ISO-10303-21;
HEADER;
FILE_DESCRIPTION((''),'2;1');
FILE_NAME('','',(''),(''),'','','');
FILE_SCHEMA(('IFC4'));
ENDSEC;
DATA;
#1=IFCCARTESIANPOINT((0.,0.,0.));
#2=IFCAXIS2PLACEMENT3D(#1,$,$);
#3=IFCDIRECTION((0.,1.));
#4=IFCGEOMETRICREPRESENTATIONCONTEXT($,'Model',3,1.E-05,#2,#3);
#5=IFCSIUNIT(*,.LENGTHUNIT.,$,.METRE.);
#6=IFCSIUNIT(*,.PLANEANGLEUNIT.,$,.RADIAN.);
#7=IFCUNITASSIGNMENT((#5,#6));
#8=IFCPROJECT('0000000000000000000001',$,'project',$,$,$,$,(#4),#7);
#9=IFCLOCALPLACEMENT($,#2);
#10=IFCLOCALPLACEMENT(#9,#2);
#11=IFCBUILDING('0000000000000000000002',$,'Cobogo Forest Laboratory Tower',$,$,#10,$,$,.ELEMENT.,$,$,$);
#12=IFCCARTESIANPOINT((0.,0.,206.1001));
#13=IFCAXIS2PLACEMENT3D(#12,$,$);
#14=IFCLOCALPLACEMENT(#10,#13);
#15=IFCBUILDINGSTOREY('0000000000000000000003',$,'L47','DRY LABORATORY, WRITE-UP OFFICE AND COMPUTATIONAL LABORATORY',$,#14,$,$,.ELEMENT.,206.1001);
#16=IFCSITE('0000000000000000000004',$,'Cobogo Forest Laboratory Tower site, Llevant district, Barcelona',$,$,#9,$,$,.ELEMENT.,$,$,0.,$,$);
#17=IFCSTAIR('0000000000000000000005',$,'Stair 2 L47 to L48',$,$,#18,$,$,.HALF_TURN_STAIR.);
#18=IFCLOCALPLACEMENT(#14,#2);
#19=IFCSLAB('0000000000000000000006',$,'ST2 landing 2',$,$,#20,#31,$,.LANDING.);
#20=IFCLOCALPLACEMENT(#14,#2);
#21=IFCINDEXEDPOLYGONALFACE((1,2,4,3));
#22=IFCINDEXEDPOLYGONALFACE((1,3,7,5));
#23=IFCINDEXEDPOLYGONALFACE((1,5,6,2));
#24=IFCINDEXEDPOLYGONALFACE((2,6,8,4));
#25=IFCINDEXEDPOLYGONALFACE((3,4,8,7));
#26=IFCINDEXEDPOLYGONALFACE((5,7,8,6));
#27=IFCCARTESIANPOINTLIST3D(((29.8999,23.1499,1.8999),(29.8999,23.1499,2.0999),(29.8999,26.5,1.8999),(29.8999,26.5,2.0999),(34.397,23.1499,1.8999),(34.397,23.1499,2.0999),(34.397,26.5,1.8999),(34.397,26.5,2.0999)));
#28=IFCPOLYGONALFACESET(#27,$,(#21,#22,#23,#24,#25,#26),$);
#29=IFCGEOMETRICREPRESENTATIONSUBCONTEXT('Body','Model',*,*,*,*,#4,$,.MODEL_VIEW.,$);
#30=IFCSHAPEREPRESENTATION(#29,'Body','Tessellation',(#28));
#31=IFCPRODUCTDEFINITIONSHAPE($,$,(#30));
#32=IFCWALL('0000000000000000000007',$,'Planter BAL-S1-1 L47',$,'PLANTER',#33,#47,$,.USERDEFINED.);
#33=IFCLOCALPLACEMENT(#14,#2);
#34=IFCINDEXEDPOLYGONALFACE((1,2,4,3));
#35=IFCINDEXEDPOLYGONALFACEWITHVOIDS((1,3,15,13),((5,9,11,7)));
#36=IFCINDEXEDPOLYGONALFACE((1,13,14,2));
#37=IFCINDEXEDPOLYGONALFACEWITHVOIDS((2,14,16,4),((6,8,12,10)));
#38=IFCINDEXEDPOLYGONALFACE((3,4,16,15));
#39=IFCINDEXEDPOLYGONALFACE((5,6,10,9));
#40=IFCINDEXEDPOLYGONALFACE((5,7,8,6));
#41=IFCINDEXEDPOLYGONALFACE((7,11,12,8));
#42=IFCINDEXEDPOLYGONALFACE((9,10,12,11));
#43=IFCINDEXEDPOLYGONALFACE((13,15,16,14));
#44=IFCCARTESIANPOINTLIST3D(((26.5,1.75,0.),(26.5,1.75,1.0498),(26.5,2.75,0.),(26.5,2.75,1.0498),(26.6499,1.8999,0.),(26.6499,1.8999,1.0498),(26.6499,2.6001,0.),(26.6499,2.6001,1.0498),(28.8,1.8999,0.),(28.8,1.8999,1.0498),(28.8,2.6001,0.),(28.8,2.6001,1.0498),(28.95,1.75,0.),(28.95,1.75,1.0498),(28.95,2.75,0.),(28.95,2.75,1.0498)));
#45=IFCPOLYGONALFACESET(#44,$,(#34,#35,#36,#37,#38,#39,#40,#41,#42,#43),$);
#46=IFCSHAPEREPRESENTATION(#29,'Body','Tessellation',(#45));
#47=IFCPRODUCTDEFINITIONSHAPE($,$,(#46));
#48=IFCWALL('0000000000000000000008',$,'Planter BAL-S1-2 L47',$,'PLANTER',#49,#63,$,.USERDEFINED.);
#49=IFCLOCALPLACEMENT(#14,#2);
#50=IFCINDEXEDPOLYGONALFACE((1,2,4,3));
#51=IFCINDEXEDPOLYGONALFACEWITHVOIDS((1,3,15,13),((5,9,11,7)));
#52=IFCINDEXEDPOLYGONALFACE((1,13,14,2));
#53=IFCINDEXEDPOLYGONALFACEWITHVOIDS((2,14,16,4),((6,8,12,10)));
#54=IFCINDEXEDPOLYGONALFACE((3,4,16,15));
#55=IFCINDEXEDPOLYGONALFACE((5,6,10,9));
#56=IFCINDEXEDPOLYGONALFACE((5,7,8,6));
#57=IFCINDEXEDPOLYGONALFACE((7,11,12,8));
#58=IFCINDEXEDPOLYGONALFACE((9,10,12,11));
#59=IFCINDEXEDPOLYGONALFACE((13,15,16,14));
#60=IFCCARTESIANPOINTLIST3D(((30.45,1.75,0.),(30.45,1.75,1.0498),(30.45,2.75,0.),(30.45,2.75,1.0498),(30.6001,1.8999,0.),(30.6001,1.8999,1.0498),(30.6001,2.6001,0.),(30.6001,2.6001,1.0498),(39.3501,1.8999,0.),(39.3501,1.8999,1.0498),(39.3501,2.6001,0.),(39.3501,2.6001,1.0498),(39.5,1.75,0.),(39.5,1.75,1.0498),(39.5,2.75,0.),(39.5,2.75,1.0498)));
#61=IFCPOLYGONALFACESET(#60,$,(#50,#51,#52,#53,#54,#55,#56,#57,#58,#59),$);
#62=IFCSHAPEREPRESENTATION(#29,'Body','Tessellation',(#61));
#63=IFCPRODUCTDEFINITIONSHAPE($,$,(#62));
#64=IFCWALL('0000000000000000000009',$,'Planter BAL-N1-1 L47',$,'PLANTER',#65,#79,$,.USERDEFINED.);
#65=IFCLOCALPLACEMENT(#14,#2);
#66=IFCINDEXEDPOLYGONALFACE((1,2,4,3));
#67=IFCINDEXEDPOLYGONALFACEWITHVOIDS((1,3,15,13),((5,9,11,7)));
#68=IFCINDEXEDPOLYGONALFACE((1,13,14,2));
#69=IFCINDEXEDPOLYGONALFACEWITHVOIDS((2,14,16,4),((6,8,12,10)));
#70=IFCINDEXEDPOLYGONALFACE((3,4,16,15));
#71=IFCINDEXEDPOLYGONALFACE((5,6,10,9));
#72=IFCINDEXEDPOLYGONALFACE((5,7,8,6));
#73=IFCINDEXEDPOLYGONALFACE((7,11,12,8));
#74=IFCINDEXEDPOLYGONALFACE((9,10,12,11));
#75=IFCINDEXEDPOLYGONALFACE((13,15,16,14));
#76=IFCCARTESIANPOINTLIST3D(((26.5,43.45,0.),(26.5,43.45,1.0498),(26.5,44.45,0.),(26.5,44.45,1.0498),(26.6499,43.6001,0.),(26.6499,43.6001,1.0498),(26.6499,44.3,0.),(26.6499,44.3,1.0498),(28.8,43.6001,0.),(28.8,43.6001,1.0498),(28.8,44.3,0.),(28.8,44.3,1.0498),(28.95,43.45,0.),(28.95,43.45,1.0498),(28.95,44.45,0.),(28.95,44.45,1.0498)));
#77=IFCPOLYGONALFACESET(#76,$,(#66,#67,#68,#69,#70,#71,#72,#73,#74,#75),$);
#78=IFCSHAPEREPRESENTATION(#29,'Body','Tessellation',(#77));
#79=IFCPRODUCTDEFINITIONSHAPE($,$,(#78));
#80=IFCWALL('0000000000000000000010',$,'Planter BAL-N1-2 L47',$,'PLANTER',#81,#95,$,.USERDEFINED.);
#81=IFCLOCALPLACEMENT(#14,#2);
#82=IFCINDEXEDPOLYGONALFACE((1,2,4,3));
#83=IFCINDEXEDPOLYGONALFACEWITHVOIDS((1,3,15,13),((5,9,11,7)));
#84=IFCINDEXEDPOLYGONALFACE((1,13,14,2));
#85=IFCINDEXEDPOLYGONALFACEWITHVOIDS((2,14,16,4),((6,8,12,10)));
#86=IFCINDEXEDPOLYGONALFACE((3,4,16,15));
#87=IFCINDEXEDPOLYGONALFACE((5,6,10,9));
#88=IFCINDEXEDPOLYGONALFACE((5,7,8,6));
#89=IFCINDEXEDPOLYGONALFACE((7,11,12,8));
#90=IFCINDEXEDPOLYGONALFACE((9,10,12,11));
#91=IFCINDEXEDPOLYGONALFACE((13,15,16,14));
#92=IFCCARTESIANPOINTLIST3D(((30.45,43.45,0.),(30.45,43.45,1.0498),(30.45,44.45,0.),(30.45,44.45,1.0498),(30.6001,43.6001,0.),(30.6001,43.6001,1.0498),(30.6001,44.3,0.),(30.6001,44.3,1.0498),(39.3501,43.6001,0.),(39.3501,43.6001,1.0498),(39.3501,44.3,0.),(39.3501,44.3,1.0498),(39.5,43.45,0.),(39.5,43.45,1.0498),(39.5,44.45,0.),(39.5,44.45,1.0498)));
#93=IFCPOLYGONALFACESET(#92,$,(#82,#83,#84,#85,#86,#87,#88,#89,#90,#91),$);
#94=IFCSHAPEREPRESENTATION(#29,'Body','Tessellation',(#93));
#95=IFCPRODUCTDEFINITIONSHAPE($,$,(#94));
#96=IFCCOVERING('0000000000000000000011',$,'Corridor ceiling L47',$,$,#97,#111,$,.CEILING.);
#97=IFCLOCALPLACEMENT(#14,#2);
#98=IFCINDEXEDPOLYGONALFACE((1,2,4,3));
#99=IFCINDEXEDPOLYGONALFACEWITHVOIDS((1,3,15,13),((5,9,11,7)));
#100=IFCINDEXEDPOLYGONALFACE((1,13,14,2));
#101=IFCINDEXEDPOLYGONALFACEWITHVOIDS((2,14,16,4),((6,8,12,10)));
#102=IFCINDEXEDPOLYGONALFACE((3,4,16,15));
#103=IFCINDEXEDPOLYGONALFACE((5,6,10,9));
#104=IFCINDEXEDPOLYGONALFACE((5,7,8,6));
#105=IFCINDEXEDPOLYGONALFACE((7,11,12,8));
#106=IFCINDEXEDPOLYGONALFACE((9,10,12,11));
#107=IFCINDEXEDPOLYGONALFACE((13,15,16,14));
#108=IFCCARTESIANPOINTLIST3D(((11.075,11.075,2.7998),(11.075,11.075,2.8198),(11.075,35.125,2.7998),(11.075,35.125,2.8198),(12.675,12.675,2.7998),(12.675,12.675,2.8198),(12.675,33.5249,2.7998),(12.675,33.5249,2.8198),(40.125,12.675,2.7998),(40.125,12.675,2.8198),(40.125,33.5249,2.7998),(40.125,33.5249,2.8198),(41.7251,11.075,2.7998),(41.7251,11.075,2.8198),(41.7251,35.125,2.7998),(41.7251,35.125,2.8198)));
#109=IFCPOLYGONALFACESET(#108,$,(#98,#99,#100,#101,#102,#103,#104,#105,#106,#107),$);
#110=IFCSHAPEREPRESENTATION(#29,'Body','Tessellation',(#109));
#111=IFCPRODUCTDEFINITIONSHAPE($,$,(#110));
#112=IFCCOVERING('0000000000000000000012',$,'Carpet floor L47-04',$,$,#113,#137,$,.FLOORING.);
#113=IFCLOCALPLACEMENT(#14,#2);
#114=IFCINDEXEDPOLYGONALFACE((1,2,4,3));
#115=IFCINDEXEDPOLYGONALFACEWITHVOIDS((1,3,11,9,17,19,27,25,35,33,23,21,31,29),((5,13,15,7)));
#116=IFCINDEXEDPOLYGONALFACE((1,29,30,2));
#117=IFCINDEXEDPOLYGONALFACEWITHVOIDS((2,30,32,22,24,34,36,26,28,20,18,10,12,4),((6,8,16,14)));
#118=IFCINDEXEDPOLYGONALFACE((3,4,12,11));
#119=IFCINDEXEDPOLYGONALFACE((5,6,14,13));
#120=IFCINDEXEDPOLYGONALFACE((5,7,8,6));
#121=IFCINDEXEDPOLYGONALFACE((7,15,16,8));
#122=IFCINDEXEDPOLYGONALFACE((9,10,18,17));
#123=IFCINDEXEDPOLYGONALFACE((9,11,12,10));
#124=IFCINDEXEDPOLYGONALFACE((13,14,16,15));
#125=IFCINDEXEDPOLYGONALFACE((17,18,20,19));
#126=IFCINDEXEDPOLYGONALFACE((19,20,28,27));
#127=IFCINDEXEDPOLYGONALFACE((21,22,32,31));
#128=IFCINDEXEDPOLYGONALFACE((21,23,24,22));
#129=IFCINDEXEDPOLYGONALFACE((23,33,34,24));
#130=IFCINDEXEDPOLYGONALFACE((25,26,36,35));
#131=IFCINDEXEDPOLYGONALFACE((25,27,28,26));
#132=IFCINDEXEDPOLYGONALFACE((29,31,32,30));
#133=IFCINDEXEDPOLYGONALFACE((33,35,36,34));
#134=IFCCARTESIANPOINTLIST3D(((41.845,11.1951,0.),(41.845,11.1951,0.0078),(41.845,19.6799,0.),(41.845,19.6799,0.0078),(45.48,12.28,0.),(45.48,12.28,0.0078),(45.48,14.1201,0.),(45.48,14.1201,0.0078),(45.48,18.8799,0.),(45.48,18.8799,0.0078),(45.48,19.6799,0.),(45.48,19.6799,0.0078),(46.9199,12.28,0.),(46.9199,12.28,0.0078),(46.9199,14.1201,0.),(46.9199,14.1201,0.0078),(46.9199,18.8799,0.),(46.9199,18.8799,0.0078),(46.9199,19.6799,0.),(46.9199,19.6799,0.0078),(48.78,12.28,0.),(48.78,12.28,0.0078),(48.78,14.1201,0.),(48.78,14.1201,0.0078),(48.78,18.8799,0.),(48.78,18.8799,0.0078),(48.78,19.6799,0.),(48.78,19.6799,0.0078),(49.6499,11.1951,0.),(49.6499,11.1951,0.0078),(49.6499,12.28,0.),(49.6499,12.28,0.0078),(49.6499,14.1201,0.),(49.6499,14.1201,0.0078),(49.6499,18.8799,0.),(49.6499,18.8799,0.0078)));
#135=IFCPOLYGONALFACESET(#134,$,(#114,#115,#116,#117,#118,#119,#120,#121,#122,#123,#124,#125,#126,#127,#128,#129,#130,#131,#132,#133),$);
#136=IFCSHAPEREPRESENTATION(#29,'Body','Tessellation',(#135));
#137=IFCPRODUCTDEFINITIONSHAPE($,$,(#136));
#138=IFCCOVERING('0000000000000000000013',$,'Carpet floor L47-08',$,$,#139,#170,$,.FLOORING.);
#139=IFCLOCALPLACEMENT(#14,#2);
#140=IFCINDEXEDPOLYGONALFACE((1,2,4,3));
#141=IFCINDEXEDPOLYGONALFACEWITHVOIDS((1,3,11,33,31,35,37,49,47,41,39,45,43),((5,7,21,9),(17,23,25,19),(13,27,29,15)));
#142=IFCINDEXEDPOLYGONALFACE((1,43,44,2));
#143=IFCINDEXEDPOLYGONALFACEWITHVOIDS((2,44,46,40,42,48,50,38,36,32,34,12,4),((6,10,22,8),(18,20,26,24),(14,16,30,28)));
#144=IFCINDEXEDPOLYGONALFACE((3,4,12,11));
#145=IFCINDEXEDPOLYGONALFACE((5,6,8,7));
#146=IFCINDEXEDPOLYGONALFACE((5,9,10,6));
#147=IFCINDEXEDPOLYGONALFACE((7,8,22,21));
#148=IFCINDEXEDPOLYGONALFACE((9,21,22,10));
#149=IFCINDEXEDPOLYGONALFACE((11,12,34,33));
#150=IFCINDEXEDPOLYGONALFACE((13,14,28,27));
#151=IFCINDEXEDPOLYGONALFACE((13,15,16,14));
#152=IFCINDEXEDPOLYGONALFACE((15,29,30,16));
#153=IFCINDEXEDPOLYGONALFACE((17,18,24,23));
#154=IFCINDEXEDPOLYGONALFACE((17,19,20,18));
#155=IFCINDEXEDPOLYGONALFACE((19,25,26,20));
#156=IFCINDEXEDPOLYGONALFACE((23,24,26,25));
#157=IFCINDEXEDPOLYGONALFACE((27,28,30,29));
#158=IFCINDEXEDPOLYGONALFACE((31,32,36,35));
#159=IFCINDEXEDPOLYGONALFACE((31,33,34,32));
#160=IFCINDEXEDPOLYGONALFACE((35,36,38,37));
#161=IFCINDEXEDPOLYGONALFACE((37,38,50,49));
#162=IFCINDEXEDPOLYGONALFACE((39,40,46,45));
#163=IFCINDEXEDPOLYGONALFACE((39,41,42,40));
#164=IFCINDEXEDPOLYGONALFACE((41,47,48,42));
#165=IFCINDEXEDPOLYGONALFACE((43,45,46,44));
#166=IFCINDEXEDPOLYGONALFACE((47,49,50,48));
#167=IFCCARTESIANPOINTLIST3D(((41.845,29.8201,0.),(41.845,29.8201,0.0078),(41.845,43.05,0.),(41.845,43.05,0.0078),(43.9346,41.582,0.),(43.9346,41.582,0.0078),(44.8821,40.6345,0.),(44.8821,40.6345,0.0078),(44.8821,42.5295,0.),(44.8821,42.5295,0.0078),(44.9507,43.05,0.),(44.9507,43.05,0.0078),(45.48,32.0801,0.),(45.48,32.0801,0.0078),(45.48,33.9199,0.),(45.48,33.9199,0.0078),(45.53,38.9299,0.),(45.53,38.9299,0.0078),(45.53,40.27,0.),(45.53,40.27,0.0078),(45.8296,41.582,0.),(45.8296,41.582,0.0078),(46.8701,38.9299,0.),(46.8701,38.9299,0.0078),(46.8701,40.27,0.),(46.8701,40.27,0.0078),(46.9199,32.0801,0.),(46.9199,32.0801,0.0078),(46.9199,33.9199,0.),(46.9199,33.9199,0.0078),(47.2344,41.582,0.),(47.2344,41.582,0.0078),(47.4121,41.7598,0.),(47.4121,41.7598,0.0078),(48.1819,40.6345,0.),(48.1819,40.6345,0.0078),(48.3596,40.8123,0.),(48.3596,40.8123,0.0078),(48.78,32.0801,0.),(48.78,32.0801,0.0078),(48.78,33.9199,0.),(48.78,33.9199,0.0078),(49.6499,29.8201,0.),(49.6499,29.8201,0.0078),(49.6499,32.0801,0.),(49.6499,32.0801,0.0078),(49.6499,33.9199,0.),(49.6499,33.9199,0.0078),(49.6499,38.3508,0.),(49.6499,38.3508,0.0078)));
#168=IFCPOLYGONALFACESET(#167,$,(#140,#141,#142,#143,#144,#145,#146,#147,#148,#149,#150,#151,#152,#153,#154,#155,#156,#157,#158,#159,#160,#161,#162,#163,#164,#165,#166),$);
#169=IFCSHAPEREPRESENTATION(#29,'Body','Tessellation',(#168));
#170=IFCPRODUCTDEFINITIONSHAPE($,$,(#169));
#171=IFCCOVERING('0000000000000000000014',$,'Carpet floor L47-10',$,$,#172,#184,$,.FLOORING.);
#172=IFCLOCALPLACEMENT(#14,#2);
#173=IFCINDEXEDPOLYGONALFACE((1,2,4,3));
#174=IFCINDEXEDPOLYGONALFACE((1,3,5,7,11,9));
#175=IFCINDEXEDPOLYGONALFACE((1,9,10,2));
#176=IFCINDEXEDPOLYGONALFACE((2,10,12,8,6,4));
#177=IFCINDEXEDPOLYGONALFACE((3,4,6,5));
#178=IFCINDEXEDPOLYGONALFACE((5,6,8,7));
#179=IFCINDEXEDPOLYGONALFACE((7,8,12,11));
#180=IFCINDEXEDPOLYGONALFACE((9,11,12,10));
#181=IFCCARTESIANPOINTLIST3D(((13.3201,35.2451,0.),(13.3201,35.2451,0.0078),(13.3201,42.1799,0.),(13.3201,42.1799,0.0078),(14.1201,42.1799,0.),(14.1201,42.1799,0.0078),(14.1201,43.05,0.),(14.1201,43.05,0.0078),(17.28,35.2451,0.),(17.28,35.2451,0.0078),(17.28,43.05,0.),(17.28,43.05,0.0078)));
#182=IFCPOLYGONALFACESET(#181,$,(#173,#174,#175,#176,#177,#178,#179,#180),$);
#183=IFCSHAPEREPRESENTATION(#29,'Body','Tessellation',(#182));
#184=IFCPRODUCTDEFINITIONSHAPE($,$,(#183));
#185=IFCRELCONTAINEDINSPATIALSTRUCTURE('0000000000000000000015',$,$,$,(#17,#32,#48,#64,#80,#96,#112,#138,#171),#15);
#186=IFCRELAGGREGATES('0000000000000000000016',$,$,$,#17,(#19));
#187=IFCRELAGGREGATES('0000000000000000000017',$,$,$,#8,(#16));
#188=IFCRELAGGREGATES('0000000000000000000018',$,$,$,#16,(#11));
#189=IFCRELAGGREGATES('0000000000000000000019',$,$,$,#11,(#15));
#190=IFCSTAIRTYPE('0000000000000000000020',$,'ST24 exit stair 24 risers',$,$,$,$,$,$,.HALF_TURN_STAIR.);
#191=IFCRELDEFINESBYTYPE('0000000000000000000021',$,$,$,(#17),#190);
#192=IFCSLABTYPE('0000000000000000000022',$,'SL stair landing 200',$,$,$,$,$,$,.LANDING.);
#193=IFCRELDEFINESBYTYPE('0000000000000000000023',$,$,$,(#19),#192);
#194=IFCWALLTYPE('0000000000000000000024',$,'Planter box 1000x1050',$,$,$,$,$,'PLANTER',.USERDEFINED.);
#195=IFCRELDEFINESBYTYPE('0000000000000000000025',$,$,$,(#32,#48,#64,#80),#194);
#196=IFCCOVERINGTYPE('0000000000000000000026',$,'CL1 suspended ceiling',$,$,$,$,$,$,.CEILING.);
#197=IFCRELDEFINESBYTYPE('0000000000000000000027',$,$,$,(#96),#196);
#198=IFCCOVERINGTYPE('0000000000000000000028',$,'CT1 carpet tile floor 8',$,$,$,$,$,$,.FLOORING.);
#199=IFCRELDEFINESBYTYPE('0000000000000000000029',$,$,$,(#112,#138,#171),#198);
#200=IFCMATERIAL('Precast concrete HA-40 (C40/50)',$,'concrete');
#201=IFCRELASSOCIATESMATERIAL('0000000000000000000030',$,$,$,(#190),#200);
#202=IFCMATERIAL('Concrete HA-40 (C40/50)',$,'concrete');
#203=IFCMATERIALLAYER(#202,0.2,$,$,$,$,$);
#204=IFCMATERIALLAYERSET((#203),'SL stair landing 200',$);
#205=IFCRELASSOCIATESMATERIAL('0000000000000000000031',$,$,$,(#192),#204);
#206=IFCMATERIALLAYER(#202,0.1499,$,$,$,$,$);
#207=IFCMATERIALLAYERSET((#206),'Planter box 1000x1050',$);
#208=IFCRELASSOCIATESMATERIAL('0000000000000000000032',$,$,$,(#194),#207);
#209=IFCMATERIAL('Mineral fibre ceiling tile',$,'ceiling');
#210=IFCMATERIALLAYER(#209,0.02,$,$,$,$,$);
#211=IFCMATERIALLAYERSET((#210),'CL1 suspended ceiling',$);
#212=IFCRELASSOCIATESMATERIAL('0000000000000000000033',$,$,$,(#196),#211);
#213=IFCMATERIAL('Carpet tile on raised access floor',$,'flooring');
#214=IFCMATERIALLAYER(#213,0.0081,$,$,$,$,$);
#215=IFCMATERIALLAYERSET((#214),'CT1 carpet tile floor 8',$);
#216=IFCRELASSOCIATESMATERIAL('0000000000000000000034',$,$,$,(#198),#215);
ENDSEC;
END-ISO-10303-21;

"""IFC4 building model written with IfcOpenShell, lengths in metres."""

from ifc_helpers import new_model, si_unit, direction, frame, origin, place, context, subcontext, project, spatial, polyline, outline, extrude, material, layer, layer_set, type_object, element, aggregate, save


model = new_model("IFC4")

# Units and contexts
model_context = context("Model", 3, precision=1e-05, world=origin(), true_north=direction((0.0, 1.0)))
body_context = subcontext(model_context, "Body", "Model", "MODEL_VIEW")
ifc_project = project(units=[si_unit("LENGTHUNIT", "METRE"), si_unit("PLANEANGLEUNIT", "RADIAN")], contexts=[model_context])

# Site, building, storey
site_placement = place(None, origin())
site = spatial("IfcSite", under=ifc_project, at=site_placement, Name="Cobogo Forest Laboratory Tower site, Llevant district, Barcelona", CompositionType="ELEMENT", RefElevation=0.0)
building_placement = place(site_placement, origin())
building = spatial("IfcBuilding", under=site, at=building_placement, Name="Cobogo Forest Laboratory Tower", CompositionType="ELEMENT")
storey_placement = place(building_placement, frame((0.0, 0.0, 206.1001)))
storey = spatial("IfcBuildingStorey", under=building, at=storey_placement, Name="L47", Description="DRY LABORATORY, WRITE-UP OFFICE AND COMPUTATIONAL LABORATORY", CompositionType="ELEMENT", Elevation=206.1001)

# Shared definitions
ifc_material_1 = material(Name="Concrete HA-40 (C40/50)", Category="concrete")

# Stair, slab
ifc_material_2 = material(Name="Precast concrete HA-40 (C40/50)", Category="concrete")
stair_type = type_object("IfcStairType", Name="ST24 exit stair 24 risers", PredefinedType="HALF_TURN_STAIR", material=ifc_material_2)
ifc_layer_1 = layer(ifc_material_1, 0.2)
ifc_layer_set_1 = layer_set([ifc_layer_1], Name="SL stair landing 200")
slab_type_1 = type_object("IfcSlabType", Name="SL stair landing 200", PredefinedType="LANDING", material=ifc_layer_set_1)
stair_1_placement = place(storey_placement, origin())
stair_1 = element("IfcStair", 1, at=stair_1_placement, inside=storey, type_object=stair_type, Name="Stair 2 L47 to L48", PredefinedType="HALF_TURN_STAIR")
slab_1_placement = place(storey_placement, frame((0.0, 0.0, 1.8999)))
slab_1 = element("IfcSlab", 2, at=slab_1_placement, type_object=slab_type_1, Name="ST2 landing 2", PredefinedType="LANDING", context=body_context, shape_type="SweptSolid", body=[
    extrude(outline(polyline([(29.8999, 23.1499), (34.397, 23.1499), (34.397, 26.5), (29.8999, 26.5), (29.8999, 23.1499)])), origin(), (0.0, 0.0, 1.0), 0.2),
])
aggregate(stair_1, [slab_1])

# Walls
ifc_layer_2 = layer(ifc_material_1, 0.1499)
ifc_layer_set_2 = layer_set([ifc_layer_2], Name="Planter box 1000x1050")
wall_type = type_object("IfcWallType", Name="Planter box 1000x1050", ElementType="PLANTER", PredefinedType="USERDEFINED", material=ifc_layer_set_2)
wall_1_placement = place(storey_placement, origin())
element("IfcWall", 3, at=wall_1_placement, inside=storey, type_object=wall_type, Name="Planter BAL-S1-1 L47", ObjectType="PLANTER", PredefinedType="USERDEFINED", context=body_context, shape_type="SweptSolid", body=[
    extrude(outline(polyline([(26.5, 1.75), (28.95, 1.75), (28.95, 2.75), (26.5, 2.75), (26.5, 1.75)]), holes=[polyline([(26.6499, 1.8999), (28.8, 1.8999), (28.8, 2.6001), (26.6499, 2.6001), (26.6499, 1.8999)])]), origin(), (0.0, 0.0, 1.0), 1.0498),
])
wall_2_placement = place(storey_placement, origin())
element("IfcWall", 4, at=wall_2_placement, inside=storey, type_object=wall_type, Name="Planter BAL-S1-2 L47", ObjectType="PLANTER", PredefinedType="USERDEFINED", context=body_context, shape_type="SweptSolid", body=[
    extrude(outline(polyline([(30.45, 1.75), (39.5, 1.75), (39.5, 2.75), (30.45, 2.75), (30.45, 1.75)]), holes=[polyline([(30.6001, 1.8999), (39.3501, 1.8999), (39.3501, 2.6001), (30.6001, 2.6001), (30.6001, 1.8999)])]), origin(), (0.0, 0.0, 1.0), 1.0498),
])
wall_3_placement = place(storey_placement, origin())
element("IfcWall", 5, at=wall_3_placement, inside=storey, type_object=wall_type, Name="Planter BAL-N1-1 L47", ObjectType="PLANTER", PredefinedType="USERDEFINED", context=body_context, shape_type="SweptSolid", body=[
    extrude(outline(polyline([(26.5, 43.45), (28.95, 43.45), (28.95, 44.45), (26.5, 44.45), (26.5, 43.45)]), holes=[polyline([(26.6499, 43.6001), (28.8, 43.6001), (28.8, 44.3), (26.6499, 44.3), (26.6499, 43.6001)])]), origin(), (0.0, 0.0, 1.0), 1.0498),
])
wall_4_placement = place(storey_placement, origin())
element("IfcWall", 6, at=wall_4_placement, inside=storey, type_object=wall_type, Name="Planter BAL-N1-2 L47", ObjectType="PLANTER", PredefinedType="USERDEFINED", context=body_context, shape_type="SweptSolid", body=[
    extrude(outline(polyline([(30.45, 43.45), (39.5, 43.45), (39.5, 44.45), (30.45, 44.45), (30.45, 43.45)]), holes=[polyline([(30.6001, 43.6001), (39.3501, 43.6001), (39.3501, 44.3), (30.6001, 44.3), (30.6001, 43.6001)])]), origin(), (0.0, 0.0, 1.0), 1.0498),
])

# Coverings
ifc_material_3 = material(Name="Mineral fibre ceiling tile", Category="ceiling")
ifc_layer_3 = layer(ifc_material_3, 0.02)
ifc_layer_set_3 = layer_set([ifc_layer_3], Name="CL1 suspended ceiling")
covering_type_1 = type_object("IfcCoveringType", Name="CL1 suspended ceiling", PredefinedType="CEILING", material=ifc_layer_set_3)
covering_1_placement = place(storey_placement, frame((0.0, 0.0, 2.7998)))
element("IfcCovering", 7, at=covering_1_placement, inside=storey, type_object=covering_type_1, Name="Corridor ceiling L47", PredefinedType="CEILING", context=body_context, shape_type="SweptSolid", body=[
    extrude(outline(polyline([(11.075, 11.075), (11.075, 35.125), (41.7251, 35.125), (41.7251, 11.075), (11.075, 11.075)]), holes=[polyline([(40.125, 33.5249), (12.675, 33.5249), (12.675, 12.675), (40.125, 12.675), (40.125, 33.5249)])]), origin(), (0.0, 0.0, 1.0), 0.02),
])
ifc_material_4 = material(Name="Carpet tile on raised access floor", Category="flooring")
ifc_layer_4 = layer(ifc_material_4, 0.0081)
ifc_layer_set_4 = layer_set([ifc_layer_4], Name="CT1 carpet tile floor 8")
covering_type_2 = type_object("IfcCoveringType", Name="CT1 carpet tile floor 8", PredefinedType="FLOORING", material=ifc_layer_set_4)
covering_2_placement = place(storey_placement, origin())
element("IfcCovering", 8, at=covering_2_placement, inside=storey, type_object=covering_type_2, Name="Carpet floor L47-04", PredefinedType="FLOORING", context=body_context, shape_type="SweptSolid", body=[
    extrude(outline(polyline([(41.845, 19.6799), (45.48, 19.6799), (45.48, 18.8799), (46.9199, 18.8799), (46.9199, 19.6799), (48.78, 19.6799), (48.78, 18.8799), (49.6499, 18.8799), (49.6499, 14.1201), (48.78, 14.1201), (48.78, 12.28), (49.6499, 12.28), (49.6499, 11.1951), (41.845, 11.1951), (41.845, 19.6799)]), holes=[polyline([(46.9199, 12.28), (46.9199, 14.1201), (45.48, 14.1201), (45.48, 12.28), (46.9199, 12.28)])]), origin(), (0.0, 0.0, 1.0), 0.0078),
])
covering_3_placement = place(storey_placement, origin())
element("IfcCovering", 9, at=covering_3_placement, inside=storey, type_object=covering_type_2, Name="Carpet floor L47-08", PredefinedType="FLOORING", context=body_context, shape_type="SweptSolid", body=[
    extrude(outline(polyline([(41.845, 43.05), (44.9507, 43.05), (47.4121, 41.7598), (47.2344, 41.582), (48.1819, 40.6345), (48.3596, 40.8123), (49.6499, 38.3508), (49.6499, 33.9199), (48.78, 33.9199), (48.78, 32.0801), (49.6499, 32.0801), (49.6499, 29.8201), (41.845, 29.8201), (41.845, 43.05)]), holes=[polyline([(46.9199, 32.0801), (46.9199, 33.9199), (45.48, 33.9199), (45.48, 32.0801), (46.9199, 32.0801)]), polyline([(45.53, 40.27), (45.53, 38.9299), (46.8701, 38.9299), (46.8701, 40.27), (45.53, 40.27)]), polyline([(44.8821, 40.6345), (45.8296, 41.582), (44.8821, 42.5295), (43.9346, 41.582), (44.8821, 40.6345)])]), origin(), (0.0, 0.0, 1.0), 0.0078),
])
covering_4_placement = place(storey_placement, origin())
element("IfcCovering", 10, at=covering_4_placement, inside=storey, type_object=covering_type_2, Name="Carpet floor L47-10", PredefinedType="FLOORING", context=body_context, shape_type="SweptSolid", body=[
    extrude(outline(polyline([(13.3201, 35.2451), (13.3201, 42.1799), (14.1201, 42.1799), (14.1201, 43.05), (17.28, 43.05), (17.28, 35.2451), (13.3201, 35.2451)])), origin(), (0.0, 0.0, 1.0), 0.0078),
])

save(model, "model.ifc")
